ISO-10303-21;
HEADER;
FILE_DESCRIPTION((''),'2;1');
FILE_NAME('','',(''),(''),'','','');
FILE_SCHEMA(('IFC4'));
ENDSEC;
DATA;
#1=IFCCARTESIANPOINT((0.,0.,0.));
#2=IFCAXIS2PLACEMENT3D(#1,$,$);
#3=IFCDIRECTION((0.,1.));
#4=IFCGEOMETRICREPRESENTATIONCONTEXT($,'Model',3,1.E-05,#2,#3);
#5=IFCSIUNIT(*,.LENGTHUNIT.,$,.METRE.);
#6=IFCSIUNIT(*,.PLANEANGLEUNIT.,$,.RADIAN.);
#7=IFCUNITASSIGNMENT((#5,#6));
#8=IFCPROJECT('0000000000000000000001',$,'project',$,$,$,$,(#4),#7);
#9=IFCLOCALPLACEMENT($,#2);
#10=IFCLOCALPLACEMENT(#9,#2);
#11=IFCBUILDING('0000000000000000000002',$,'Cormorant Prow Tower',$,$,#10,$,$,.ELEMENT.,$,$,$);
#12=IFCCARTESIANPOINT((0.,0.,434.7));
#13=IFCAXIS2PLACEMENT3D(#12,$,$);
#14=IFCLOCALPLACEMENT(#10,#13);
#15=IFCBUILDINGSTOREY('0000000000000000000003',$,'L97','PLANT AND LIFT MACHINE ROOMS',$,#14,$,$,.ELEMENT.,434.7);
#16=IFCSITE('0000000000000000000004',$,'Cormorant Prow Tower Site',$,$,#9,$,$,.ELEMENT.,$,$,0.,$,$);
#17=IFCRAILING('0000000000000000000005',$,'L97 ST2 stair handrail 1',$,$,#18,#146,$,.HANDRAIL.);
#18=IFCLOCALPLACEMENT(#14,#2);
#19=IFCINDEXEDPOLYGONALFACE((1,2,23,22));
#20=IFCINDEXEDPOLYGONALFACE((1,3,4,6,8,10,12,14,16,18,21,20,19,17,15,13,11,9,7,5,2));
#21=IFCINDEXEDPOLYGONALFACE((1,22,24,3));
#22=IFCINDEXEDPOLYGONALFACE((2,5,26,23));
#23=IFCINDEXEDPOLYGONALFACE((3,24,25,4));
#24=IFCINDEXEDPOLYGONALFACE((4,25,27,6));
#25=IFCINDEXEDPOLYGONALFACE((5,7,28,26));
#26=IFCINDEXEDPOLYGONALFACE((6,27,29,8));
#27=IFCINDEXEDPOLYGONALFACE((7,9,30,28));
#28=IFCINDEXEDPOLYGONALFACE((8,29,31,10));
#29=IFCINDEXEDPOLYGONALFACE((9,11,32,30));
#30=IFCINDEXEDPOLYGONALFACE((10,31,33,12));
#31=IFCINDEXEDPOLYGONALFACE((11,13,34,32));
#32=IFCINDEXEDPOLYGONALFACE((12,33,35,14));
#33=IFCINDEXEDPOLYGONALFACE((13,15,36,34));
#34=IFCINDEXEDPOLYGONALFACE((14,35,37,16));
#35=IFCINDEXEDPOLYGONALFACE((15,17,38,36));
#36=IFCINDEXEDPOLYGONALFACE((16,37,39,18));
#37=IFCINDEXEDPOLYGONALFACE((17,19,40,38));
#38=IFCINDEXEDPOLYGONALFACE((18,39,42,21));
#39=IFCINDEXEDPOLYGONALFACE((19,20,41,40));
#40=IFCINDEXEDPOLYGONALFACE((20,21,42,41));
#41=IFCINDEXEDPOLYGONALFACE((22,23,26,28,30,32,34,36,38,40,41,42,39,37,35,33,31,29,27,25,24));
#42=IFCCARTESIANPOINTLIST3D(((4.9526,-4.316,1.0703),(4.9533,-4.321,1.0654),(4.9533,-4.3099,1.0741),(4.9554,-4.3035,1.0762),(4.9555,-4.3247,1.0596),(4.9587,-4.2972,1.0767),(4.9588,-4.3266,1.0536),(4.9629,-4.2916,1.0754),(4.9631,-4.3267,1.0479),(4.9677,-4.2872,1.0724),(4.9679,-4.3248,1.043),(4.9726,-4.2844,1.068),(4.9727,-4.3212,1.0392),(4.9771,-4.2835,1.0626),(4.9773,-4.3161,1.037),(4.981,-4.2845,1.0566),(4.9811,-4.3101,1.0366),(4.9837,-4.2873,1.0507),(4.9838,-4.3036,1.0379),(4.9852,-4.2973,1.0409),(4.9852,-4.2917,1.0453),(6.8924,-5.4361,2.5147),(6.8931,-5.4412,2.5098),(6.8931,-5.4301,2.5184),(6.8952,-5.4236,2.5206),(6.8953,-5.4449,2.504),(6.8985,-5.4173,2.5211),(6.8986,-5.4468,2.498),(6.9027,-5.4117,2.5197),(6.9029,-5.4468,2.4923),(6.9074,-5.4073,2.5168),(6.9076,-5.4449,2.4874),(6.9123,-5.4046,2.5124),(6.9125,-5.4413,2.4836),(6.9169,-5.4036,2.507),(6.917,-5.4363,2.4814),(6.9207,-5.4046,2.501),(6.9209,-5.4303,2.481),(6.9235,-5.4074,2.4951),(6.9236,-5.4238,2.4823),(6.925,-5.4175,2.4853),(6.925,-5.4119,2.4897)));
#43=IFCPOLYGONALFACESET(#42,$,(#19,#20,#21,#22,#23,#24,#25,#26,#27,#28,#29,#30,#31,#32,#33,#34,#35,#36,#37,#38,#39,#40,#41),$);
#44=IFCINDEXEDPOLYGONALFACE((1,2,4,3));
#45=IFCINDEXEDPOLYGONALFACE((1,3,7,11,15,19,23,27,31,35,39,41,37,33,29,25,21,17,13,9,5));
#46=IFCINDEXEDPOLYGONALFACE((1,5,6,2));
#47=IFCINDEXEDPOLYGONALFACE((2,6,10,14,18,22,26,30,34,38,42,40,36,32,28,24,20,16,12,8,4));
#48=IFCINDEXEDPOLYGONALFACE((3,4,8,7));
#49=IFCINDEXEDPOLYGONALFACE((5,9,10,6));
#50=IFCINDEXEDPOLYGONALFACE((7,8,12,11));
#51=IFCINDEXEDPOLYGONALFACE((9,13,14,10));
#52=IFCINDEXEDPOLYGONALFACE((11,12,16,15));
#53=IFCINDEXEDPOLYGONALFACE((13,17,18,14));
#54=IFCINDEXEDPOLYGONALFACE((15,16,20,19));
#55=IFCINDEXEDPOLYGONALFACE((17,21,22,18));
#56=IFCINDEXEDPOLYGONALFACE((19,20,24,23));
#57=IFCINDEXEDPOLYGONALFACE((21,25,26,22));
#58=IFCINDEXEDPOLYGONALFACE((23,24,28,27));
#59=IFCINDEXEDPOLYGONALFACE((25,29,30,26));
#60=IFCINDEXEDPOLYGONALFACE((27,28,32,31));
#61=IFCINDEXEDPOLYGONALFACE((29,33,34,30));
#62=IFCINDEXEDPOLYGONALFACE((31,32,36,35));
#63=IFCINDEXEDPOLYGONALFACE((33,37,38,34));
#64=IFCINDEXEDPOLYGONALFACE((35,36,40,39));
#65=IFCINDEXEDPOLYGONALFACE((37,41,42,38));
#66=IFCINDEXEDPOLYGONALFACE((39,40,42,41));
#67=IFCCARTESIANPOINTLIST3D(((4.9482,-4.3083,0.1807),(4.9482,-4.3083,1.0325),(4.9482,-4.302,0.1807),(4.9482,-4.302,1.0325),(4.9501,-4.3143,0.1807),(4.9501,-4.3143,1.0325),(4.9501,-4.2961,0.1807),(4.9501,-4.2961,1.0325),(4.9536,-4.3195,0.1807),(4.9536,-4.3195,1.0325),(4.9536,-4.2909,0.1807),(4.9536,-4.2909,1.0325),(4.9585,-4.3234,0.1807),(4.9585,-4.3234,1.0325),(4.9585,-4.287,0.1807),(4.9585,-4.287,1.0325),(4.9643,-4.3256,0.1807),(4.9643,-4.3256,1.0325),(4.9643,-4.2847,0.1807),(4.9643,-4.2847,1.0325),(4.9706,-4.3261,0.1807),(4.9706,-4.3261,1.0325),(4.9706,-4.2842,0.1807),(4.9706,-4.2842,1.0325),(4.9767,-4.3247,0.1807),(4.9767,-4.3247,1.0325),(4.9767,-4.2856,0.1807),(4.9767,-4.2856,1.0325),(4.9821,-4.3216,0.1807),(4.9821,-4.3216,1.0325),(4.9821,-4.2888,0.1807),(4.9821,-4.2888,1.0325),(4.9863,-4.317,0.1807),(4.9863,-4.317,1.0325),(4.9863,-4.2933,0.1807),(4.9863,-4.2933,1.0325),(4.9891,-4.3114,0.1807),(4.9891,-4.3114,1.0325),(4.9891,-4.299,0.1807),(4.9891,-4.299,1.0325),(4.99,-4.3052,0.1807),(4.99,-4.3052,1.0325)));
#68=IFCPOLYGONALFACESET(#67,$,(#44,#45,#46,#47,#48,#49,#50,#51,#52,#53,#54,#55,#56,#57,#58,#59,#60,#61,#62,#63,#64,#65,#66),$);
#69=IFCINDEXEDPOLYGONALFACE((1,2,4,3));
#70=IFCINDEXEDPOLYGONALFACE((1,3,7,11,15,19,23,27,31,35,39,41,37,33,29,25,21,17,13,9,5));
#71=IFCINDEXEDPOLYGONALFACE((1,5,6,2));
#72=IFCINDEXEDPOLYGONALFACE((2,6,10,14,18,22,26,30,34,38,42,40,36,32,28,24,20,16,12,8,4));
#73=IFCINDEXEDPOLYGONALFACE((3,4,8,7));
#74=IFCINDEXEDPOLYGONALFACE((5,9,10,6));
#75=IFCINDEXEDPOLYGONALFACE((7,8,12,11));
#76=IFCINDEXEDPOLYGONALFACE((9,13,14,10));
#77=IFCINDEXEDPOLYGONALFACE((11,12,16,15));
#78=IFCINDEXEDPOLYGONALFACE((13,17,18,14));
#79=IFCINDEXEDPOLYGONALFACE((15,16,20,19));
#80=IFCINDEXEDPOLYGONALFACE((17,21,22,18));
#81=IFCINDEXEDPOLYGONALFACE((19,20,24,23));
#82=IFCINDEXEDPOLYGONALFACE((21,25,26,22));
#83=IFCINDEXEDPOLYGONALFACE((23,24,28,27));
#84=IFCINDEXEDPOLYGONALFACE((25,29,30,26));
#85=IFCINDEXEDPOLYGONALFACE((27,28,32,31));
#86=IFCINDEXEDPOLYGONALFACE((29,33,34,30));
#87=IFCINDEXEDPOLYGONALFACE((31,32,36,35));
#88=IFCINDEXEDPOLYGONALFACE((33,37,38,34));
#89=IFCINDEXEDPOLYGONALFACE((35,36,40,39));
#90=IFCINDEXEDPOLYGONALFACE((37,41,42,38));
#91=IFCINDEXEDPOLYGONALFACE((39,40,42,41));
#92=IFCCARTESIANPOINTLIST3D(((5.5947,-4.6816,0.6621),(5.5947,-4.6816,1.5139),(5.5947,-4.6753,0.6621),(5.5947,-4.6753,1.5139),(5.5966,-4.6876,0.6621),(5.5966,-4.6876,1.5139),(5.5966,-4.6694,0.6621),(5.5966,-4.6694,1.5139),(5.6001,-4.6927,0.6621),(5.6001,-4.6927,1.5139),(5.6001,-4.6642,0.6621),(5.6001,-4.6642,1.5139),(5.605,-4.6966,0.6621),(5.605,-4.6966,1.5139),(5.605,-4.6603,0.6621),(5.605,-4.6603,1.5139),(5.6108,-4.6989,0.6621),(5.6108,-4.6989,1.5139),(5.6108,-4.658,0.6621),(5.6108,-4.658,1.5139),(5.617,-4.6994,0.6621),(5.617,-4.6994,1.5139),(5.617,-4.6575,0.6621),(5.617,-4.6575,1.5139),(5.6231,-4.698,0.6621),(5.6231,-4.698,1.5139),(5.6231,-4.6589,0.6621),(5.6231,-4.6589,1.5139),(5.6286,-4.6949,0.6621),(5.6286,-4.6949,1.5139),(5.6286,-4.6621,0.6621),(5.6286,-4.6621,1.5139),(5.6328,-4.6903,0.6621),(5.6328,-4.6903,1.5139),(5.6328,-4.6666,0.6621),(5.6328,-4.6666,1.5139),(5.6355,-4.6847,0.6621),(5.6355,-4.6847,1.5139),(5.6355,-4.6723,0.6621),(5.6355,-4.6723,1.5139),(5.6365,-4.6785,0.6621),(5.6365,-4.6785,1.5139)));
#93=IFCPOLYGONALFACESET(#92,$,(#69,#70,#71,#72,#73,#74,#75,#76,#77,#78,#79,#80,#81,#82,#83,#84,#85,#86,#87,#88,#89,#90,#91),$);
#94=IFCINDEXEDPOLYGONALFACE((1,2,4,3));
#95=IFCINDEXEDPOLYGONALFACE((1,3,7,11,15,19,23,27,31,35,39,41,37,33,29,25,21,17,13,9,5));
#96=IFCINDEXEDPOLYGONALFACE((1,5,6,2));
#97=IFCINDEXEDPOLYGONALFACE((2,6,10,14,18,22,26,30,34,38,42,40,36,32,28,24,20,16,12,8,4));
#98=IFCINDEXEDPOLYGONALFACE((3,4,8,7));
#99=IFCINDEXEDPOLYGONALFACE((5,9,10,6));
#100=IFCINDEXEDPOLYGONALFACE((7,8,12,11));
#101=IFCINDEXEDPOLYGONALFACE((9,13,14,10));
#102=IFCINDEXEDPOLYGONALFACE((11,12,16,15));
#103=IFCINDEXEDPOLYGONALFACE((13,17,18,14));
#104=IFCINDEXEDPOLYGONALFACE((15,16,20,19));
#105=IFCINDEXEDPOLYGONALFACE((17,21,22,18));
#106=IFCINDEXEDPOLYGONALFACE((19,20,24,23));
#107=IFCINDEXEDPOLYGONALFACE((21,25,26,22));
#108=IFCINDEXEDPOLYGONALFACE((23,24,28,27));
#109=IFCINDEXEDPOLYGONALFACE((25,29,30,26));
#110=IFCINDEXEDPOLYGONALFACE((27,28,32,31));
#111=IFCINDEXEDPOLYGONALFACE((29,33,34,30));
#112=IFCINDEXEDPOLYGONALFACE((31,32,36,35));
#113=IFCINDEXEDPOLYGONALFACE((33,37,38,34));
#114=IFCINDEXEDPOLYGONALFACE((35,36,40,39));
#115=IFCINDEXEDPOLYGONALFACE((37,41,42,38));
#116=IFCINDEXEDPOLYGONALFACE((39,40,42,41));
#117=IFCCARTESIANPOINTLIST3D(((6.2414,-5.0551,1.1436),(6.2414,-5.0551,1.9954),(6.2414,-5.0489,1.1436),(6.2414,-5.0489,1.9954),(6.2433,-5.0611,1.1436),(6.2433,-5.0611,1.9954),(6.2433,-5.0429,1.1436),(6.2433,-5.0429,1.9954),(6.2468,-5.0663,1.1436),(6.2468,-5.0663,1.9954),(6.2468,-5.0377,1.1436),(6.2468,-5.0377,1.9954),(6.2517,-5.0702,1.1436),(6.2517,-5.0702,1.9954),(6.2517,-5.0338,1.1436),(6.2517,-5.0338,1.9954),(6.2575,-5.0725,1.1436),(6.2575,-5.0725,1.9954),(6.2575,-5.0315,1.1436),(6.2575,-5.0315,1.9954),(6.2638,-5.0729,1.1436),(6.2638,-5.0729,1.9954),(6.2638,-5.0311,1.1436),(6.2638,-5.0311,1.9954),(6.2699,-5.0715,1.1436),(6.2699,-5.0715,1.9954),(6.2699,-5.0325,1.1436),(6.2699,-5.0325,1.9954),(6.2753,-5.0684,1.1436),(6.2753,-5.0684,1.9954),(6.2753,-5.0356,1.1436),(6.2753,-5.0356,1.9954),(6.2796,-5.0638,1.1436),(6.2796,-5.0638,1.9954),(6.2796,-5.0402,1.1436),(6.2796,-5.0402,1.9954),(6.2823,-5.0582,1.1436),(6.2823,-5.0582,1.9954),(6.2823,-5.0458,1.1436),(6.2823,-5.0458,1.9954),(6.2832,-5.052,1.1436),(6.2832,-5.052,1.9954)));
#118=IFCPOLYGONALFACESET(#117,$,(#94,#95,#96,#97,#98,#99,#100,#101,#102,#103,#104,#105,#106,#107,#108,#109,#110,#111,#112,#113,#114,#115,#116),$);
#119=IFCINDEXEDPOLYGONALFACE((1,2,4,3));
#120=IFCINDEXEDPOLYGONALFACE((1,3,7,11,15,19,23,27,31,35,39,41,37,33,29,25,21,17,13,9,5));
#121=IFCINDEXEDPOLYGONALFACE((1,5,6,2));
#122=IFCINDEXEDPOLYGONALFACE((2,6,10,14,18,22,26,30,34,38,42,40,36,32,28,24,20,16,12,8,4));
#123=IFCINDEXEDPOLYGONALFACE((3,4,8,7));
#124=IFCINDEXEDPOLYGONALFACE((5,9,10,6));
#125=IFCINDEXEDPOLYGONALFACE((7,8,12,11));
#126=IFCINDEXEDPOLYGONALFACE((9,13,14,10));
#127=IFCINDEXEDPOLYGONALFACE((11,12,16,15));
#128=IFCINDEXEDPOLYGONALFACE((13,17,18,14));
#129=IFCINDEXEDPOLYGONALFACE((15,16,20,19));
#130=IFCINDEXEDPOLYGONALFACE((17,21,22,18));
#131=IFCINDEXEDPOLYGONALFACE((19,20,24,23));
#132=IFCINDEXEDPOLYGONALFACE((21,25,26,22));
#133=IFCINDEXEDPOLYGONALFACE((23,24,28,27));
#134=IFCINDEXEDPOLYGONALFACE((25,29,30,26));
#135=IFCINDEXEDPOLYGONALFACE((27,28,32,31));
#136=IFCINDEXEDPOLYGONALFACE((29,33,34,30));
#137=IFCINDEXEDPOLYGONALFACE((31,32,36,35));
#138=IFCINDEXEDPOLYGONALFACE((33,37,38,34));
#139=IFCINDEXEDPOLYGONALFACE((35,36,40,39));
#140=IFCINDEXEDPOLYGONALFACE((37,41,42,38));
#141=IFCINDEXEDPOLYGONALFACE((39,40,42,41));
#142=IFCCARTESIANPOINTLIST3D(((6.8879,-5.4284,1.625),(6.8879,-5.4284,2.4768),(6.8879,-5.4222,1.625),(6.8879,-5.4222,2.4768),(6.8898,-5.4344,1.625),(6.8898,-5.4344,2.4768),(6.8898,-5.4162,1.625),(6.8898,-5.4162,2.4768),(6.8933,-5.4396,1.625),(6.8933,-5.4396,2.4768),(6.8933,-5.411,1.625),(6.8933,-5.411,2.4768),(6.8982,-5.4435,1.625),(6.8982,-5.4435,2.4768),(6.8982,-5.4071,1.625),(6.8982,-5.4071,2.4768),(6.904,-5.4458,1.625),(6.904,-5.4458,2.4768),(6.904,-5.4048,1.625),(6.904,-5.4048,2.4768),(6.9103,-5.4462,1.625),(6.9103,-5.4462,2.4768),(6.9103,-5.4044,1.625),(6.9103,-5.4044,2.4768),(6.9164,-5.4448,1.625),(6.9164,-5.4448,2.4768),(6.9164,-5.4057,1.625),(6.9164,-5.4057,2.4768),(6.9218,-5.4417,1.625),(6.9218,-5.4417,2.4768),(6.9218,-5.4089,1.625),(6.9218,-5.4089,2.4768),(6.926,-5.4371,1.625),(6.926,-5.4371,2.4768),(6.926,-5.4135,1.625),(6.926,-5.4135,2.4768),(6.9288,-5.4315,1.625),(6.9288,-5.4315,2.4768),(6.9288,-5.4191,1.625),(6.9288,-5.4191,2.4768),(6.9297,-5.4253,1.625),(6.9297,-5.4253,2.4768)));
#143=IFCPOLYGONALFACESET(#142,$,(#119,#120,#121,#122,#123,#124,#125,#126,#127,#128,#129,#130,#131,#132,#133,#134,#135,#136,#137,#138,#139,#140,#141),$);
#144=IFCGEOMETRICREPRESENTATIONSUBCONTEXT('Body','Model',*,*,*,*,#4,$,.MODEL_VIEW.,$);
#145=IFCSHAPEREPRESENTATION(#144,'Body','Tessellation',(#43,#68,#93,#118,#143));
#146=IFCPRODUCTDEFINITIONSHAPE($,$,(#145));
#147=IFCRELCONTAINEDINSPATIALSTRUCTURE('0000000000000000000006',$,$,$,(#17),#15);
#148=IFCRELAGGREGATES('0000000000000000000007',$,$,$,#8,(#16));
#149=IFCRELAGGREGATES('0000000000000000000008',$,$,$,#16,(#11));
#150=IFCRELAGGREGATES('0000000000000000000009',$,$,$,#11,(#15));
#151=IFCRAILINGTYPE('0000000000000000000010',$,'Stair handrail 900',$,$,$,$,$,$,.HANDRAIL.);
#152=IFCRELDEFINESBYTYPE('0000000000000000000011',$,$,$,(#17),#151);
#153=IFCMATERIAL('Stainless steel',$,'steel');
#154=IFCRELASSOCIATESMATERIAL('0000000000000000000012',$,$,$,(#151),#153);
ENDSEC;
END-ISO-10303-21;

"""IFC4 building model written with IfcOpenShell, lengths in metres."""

from ifc_helpers import new_model, si_unit, direction, frame, origin, origin_2d, place, context, subcontext, project, spatial, circle, extrude, material, type_object, element, save


model = new_model("IFC4")

# Units and contexts
model_context = context("Model", 3, precision=1e-05, world=origin(), true_north=direction((0.0, 1.0)))
body_context = subcontext(model_context, "Body", "Model", "MODEL_VIEW")
ifc_project = project(units=[si_unit("LENGTHUNIT", "METRE"), si_unit("PLANEANGLEUNIT", "RADIAN")], contexts=[model_context])

# Site, building, storey
site_placement = place(None, origin())
site = spatial("IfcSite", under=ifc_project, at=site_placement, Name="Cormorant Prow Tower Site", CompositionType="ELEMENT", RefElevation=0.0)
building_placement = place(site_placement, origin())
building = spatial("IfcBuilding", under=site, at=building_placement, Name="Cormorant Prow Tower", CompositionType="ELEMENT")
storey_placement = place(building_placement, frame((0.0, 0.0, 434.7)))
storey = spatial("IfcBuildingStorey", under=building, at=storey_placement, Name="L97", Description="PLANT AND LIFT MACHINE ROOMS", CompositionType="ELEMENT", Elevation=434.7)

# Railing
ifc_material_1 = material(Name="Stainless steel", Category="steel")
railing_type = type_object("IfcRailingType", Name="Stair handrail 900", PredefinedType="HANDRAIL", material=ifc_material_1)
for number, where, name in (
    (1, (4.969, -4.3052, 0.1807), "L97 ST2 stair handrail 1"),
):
    element("IfcRailing", number, at=place(storey_placement, frame(where)), inside=storey, type_object=railing_type, Name=name, PredefinedType="HANDRAIL", context=body_context, shape_type="SweptSolid", body=[
        extrude(circle(Radius=0.0239, at=origin_2d()), frame((0.0, 0.0, 0.876), z_axis=(0.727792, -0.420278, 0.541928), x_axis=(0.500078, 0.86598, 0.0)), (0.0, 0.0, 1.0), 2.6653),
        extrude(circle(Radius=0.021, at=origin_2d()), origin(), (0.0, 0.0, 1.0), 0.8518),
        extrude(circle(Radius=0.021, at=origin_2d()), frame((0.6465, -0.3733, 0.4814)), (0.0, 0.0, 1.0), 0.8518),
        extrude(circle(Radius=0.021, at=origin_2d()), frame((1.2932, -0.7468, 0.9629)), (0.0, 0.0, 1.0), 0.8518),
        extrude(circle(Radius=0.021, at=origin_2d()), frame((1.9397, -1.1201, 1.4443)), (0.0, 0.0, 1.0), 0.8518),
    ])

save(model, "model.ifc")
